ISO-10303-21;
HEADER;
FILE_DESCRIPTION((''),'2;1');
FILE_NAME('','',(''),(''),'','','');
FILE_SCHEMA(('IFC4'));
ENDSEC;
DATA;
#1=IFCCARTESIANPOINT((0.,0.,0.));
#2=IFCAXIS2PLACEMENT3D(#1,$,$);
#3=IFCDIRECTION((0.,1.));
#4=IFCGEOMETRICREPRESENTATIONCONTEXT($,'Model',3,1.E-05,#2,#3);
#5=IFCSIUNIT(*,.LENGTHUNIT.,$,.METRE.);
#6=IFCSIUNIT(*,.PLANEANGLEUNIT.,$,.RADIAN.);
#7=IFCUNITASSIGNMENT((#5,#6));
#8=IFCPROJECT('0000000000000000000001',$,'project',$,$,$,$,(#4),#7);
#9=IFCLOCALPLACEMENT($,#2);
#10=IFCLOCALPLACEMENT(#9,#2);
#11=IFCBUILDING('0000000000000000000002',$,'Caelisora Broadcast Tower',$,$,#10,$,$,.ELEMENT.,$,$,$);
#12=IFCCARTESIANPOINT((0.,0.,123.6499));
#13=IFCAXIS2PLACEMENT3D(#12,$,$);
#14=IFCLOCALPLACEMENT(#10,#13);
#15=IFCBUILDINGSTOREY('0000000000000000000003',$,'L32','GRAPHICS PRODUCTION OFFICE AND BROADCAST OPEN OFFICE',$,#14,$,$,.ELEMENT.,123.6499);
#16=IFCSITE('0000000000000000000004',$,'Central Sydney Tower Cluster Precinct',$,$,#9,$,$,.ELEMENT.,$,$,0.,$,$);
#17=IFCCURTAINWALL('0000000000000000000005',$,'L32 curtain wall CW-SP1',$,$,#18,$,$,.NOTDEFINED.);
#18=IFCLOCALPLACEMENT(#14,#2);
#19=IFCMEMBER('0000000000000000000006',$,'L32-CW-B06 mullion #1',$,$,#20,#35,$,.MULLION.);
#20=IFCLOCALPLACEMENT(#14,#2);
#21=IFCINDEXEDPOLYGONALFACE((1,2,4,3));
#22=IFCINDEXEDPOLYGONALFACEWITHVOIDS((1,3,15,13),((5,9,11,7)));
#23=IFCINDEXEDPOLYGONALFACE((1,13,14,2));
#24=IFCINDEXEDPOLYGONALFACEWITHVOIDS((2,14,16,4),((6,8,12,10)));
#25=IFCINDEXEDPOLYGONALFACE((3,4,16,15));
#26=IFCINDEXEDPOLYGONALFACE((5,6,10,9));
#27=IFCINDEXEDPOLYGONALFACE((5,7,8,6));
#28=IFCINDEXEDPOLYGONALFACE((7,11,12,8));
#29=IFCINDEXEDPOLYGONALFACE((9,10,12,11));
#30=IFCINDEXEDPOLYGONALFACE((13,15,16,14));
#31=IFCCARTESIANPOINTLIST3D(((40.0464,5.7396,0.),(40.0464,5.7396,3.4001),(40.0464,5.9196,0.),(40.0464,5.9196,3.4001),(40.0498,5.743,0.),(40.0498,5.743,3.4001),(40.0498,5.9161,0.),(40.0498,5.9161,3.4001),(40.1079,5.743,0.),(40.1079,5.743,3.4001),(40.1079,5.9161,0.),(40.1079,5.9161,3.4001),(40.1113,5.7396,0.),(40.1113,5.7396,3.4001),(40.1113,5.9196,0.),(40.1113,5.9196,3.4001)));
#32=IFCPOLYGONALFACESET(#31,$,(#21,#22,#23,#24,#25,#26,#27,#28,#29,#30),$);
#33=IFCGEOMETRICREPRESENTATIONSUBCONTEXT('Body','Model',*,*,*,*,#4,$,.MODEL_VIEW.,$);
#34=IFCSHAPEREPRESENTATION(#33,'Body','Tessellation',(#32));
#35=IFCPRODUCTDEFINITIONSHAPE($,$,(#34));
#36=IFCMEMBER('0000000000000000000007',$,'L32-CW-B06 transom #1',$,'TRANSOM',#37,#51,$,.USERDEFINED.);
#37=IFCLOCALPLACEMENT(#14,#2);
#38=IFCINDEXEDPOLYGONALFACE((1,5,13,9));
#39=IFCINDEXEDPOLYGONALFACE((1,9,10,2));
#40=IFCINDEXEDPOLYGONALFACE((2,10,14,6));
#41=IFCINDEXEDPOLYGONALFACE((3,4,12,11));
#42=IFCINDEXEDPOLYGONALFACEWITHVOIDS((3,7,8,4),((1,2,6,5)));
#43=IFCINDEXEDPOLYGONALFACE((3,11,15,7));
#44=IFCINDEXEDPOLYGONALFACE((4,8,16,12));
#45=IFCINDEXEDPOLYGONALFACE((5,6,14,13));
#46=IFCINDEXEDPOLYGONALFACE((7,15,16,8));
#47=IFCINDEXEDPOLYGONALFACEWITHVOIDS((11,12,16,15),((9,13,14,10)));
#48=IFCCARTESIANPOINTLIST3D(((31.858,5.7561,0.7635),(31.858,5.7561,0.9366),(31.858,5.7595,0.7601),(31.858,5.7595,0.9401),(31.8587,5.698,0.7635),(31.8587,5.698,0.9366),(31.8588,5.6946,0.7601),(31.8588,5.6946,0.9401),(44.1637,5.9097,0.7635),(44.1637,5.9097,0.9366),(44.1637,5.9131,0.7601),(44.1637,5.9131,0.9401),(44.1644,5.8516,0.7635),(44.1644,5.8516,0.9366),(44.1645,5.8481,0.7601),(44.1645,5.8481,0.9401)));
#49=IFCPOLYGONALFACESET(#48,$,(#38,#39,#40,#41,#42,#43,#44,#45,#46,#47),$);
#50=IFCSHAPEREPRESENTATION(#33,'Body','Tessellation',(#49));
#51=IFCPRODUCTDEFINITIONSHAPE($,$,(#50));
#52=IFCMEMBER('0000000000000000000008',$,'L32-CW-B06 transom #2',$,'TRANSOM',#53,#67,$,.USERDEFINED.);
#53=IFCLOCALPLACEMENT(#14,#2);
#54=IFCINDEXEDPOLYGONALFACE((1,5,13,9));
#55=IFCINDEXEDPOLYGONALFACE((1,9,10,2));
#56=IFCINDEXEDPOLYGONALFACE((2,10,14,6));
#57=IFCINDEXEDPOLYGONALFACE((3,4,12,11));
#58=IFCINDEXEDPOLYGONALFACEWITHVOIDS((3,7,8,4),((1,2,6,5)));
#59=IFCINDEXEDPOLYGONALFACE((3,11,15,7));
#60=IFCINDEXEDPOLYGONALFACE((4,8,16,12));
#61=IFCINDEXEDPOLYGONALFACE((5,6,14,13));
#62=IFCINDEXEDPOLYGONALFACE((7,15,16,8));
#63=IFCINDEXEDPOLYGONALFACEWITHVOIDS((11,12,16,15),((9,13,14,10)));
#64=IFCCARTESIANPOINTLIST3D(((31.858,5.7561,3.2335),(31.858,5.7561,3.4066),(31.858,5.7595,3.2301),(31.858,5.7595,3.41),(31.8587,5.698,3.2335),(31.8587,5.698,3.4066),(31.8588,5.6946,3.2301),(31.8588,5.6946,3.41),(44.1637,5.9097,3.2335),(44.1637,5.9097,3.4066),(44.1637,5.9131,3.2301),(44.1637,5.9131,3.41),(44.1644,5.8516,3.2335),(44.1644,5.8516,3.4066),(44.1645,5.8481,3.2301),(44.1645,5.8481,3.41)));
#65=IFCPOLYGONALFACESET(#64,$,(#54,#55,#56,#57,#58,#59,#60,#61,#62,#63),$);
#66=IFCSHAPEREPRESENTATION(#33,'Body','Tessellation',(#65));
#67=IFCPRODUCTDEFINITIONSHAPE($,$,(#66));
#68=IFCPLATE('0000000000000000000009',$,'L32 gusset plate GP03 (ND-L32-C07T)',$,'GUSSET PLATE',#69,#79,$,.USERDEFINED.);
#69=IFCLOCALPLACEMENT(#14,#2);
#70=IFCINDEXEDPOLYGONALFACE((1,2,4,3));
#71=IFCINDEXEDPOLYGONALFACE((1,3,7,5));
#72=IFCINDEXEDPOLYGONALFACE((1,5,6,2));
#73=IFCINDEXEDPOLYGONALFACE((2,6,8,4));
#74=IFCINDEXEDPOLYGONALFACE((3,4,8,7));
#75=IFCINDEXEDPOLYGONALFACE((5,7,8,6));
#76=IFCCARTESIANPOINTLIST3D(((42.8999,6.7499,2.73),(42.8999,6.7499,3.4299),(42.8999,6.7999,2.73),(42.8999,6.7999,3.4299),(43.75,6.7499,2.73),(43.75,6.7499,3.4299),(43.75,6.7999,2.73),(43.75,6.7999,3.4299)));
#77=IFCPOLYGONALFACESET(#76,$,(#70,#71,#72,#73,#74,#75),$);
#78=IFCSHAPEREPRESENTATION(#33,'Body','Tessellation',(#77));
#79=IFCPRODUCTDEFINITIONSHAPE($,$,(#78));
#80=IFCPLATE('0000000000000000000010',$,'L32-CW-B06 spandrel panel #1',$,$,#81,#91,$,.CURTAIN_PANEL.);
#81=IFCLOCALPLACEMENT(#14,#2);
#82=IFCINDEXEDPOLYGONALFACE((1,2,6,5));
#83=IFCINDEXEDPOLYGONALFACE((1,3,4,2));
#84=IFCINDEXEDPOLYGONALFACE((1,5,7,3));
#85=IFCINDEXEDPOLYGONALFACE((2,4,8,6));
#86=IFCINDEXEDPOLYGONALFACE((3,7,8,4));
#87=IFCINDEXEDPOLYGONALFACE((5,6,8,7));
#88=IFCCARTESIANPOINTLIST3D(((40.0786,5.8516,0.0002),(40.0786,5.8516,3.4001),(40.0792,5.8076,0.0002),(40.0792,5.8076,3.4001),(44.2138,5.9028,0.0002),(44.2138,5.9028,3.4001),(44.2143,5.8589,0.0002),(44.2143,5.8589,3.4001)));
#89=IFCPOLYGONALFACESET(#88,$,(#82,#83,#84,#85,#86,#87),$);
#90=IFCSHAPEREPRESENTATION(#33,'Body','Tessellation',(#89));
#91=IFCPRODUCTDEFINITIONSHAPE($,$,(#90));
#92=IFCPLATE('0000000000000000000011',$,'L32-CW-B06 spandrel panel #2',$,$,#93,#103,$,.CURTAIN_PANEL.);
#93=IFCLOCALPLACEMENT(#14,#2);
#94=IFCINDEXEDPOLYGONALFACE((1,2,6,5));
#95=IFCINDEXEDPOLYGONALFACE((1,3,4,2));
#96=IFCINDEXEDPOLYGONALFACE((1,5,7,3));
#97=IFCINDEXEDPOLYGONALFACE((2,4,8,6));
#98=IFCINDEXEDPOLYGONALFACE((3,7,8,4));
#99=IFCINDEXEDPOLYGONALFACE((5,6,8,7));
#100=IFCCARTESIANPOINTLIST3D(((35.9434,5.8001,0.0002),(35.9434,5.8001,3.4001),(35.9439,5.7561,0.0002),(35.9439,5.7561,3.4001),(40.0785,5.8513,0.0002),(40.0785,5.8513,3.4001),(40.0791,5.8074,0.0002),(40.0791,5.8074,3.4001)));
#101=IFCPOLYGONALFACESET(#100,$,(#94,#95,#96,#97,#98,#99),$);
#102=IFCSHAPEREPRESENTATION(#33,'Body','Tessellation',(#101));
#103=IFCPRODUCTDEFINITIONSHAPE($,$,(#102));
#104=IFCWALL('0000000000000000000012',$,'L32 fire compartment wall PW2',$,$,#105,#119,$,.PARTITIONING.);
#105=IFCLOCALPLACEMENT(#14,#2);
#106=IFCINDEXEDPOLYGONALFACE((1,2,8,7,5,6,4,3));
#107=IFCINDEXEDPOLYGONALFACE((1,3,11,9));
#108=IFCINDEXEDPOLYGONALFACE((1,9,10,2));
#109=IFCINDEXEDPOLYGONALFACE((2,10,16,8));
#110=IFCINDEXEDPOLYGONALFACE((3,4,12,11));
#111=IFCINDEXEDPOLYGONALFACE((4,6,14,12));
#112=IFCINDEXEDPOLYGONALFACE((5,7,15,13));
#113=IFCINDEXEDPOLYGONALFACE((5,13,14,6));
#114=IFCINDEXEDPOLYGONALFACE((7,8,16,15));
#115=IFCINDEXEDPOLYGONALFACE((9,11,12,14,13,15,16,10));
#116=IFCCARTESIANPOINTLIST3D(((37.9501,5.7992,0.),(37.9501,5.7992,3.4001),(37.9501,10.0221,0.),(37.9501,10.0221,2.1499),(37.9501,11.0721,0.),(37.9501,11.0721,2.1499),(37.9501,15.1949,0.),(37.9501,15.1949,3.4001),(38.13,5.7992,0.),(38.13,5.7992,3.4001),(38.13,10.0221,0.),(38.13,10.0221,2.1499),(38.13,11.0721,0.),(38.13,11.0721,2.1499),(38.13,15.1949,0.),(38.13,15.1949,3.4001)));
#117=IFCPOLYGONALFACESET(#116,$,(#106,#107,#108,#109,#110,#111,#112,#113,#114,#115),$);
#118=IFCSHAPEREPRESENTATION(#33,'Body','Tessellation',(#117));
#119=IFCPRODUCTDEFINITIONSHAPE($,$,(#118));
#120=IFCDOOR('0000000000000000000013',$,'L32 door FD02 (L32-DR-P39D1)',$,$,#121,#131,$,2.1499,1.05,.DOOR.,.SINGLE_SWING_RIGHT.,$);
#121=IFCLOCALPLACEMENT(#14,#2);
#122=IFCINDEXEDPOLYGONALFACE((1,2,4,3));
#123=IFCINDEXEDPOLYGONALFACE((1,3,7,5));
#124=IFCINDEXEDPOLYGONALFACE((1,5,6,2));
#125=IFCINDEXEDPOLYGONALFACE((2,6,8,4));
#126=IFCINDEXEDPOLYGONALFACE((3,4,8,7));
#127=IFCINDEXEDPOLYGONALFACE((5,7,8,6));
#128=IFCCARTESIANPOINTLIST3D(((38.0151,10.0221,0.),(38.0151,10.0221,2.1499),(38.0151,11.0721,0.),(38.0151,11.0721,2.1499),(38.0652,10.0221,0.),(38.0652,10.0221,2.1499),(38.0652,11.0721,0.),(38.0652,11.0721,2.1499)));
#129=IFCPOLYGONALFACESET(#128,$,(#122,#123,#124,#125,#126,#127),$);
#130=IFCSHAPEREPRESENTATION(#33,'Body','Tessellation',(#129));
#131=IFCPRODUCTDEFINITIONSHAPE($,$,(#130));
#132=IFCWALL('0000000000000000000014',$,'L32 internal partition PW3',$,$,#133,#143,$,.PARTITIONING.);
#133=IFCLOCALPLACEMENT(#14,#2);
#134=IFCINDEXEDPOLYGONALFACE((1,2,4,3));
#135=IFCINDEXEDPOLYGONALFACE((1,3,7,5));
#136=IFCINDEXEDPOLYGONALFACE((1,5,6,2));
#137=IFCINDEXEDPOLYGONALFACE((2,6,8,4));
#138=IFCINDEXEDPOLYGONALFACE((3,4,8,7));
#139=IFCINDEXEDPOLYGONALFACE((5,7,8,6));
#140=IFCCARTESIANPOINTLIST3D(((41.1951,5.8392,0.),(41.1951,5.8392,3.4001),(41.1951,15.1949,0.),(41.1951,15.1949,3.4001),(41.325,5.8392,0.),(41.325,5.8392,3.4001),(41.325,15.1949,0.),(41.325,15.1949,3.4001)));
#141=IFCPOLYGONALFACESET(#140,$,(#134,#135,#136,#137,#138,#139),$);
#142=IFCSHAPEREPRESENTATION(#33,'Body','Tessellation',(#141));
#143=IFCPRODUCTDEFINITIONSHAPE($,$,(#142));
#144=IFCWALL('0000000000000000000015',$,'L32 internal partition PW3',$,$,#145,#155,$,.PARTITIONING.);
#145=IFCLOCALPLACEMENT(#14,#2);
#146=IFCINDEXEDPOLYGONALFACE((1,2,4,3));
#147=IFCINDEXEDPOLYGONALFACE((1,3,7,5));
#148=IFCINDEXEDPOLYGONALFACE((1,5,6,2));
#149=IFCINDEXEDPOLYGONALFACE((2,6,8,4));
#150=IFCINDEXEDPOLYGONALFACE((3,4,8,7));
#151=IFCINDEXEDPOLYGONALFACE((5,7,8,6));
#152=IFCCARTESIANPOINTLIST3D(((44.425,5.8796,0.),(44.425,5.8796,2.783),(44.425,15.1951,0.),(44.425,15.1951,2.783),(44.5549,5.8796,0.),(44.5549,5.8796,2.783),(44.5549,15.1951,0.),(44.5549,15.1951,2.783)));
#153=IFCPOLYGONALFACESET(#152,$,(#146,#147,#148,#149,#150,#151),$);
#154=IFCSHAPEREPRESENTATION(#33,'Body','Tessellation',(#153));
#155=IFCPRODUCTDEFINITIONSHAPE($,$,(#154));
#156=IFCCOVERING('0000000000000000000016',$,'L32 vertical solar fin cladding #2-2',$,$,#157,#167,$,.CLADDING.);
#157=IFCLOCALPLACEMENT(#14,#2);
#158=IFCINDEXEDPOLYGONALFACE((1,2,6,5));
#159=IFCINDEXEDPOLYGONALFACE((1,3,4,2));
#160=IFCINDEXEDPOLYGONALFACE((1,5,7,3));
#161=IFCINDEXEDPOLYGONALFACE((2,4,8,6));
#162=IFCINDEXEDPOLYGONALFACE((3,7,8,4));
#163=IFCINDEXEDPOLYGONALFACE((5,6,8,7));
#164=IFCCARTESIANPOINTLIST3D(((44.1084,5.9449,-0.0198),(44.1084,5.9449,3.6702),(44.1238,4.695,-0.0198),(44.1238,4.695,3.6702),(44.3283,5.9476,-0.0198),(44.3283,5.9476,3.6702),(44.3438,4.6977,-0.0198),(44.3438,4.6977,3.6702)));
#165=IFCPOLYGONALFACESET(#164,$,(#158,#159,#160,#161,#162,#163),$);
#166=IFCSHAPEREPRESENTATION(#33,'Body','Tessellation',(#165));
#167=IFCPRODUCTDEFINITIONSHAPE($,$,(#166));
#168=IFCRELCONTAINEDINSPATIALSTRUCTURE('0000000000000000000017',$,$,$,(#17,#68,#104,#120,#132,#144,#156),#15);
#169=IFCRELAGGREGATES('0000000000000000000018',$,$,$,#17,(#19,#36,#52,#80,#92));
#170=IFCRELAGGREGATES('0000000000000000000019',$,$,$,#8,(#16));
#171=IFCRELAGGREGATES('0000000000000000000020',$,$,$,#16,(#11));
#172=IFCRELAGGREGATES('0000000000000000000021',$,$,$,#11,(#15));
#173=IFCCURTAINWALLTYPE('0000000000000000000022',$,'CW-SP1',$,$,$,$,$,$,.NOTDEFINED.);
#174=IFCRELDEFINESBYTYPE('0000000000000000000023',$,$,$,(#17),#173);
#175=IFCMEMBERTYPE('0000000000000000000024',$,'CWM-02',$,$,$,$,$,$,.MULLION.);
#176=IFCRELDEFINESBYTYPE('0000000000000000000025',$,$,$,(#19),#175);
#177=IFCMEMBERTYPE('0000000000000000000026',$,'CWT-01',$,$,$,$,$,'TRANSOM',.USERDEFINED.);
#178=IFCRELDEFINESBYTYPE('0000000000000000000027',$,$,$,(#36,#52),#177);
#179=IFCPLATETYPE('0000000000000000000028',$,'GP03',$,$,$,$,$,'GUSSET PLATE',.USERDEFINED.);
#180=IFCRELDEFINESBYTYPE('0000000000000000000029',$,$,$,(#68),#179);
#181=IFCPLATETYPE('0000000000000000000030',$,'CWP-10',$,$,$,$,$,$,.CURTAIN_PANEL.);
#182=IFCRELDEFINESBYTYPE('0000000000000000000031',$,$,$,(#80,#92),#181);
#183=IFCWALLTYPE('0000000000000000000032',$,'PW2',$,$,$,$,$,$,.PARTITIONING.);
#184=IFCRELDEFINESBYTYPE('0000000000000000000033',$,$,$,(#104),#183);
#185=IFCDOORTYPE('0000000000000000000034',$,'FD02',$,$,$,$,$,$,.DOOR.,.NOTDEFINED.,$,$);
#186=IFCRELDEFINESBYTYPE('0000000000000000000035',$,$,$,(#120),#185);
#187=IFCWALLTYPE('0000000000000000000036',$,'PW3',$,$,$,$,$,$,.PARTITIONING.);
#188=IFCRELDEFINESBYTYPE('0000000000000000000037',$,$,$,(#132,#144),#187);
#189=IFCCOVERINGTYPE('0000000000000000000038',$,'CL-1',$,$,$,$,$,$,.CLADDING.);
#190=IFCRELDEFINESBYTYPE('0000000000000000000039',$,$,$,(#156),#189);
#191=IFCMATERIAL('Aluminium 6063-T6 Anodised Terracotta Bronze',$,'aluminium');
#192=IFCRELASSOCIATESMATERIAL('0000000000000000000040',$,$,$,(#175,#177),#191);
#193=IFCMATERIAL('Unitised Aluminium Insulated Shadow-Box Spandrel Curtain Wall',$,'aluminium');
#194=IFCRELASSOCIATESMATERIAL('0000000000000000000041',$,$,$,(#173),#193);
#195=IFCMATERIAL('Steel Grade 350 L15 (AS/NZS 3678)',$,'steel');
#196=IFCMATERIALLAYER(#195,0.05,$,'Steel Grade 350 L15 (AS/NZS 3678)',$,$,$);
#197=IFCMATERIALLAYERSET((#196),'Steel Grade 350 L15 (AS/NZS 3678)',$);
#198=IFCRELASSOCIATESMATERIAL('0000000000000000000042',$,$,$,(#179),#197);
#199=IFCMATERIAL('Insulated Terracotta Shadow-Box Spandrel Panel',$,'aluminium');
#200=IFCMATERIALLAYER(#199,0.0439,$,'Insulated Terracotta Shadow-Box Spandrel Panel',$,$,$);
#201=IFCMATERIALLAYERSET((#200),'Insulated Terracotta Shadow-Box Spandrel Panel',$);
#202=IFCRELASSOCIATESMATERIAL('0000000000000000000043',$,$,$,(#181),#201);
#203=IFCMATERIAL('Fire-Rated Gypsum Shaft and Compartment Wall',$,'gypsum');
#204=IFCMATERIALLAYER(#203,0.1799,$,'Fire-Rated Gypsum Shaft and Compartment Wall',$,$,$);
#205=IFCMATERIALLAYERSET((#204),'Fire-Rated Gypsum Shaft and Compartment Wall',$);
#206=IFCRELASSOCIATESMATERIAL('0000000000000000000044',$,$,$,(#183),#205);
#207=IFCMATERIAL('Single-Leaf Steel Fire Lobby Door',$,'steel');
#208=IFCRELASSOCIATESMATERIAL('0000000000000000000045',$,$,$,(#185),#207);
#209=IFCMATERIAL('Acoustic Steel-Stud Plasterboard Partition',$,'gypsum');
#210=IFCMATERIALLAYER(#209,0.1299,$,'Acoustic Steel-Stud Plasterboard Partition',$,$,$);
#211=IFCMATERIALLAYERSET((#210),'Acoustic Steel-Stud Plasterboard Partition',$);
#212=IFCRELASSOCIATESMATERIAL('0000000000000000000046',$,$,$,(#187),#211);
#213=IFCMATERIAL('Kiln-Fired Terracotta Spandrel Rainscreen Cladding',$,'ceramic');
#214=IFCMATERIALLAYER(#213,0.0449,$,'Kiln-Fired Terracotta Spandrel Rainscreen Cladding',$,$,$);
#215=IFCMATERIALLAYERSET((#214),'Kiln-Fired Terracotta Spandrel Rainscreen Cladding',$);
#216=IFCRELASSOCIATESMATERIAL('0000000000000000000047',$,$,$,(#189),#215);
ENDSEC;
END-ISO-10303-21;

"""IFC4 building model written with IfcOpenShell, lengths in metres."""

from ifc_helpers import new_model, si_unit, direction, frame, frame_2d, origin, origin_2d, place, context, subcontext, project, spatial, rectangle, hollow_rectangle, extrude, source, transform, mapped, material, layer, layer_set, material_profile, profile_set, type_object, type_shapes, element, fill, aggregate, save


model = new_model("IFC4")

# Units and contexts
model_context = context("Model", 3, precision=1e-05, world=origin(), true_north=direction((0.0, 1.0)))
body_context = subcontext(model_context, "Body", "Model", "MODEL_VIEW")
ifc_project = project(units=[si_unit("LENGTHUNIT", "METRE"), si_unit("PLANEANGLEUNIT", "RADIAN")], contexts=[model_context])

# Site, building, storey
site_placement = place(None, origin())
site = spatial("IfcSite", under=ifc_project, at=site_placement, Name="Central Sydney Tower Cluster Precinct", CompositionType="ELEMENT", RefElevation=0.0)
building_placement = place(site_placement, origin())
building = spatial("IfcBuilding", under=site, at=building_placement, Name="Caelisora Broadcast Tower", CompositionType="ELEMENT")
storey_placement = place(building_placement, frame((0.0, 0.0, 123.6499)))
storey = spatial("IfcBuildingStorey", under=building, at=storey_placement, Name="L32", Description="GRAPHICS PRODUCTION OFFICE AND BROADCAST OPEN OFFICE", CompositionType="ELEMENT", Elevation=123.6499)

# Shared definitions
ifc_material_1 = material(Name="Steel Grade 350 L15 (AS/NZS 3678)", Category="steel")

# Shared definitions
ifc_material_2 = material(Name="Aluminium 6063-T6 Anodised Terracotta Bronze", Category="aluminium")
ifc_material_profile_1 = material_profile(ifc_material_2, hollow_rectangle(XDim=0.0649, YDim=0.1799, WallThickness=0.0034, at=origin_2d()), Name="Aluminium 6063-T6 Anodised Terracotta Bronze")
ifc_profile_set_1 = profile_set([ifc_material_profile_1], Name="Aluminium 6063-T6 Anodised Terracotta Bronze")
member_type_1 = type_object("IfcMemberType", Name="CWM-02", PredefinedType="MULLION", material=ifc_profile_set_1)
shared_shape_1 = source(origin(), body_context, "Body", "SweptSolid", [
    extrude(hollow_rectangle(XDim=0.0649, YDim=0.1799, WallThickness=0.0034, at=origin_2d()), origin(), (0.0, 0.0, 1.0), 3.4001),
])
type_shapes(member_type_1, [shared_shape_1])

# Curtain wall, members
ifc_material_3 = material(Name="Unitised Aluminium Insulated Shadow-Box Spandrel Curtain Wall", Category="aluminium")
curtain_wall_type_1 = type_object("IfcCurtainWallType", Name="CW-SP1", PredefinedType="NOTDEFINED", material=ifc_material_3)
curtain_wall_1_placement = place(storey_placement, origin())
curtain_wall_1 = element("IfcCurtainWall", 1, at=curtain_wall_1_placement, inside=storey, type_object=curtain_wall_type_1, Name="L32 curtain wall CW-SP1", PredefinedType="NOTDEFINED")
member_1_placement = place(storey_placement, frame((40.0789, 5.8296, 0.0), z_axis=(0.0, 0.0, 1.0), x_axis=(1.0, 0.0, 0.0)))
member_1 = element("IfcMember", 2, at=member_1_placement, type_object=member_type_1, Name="L32-CW-B06 mullion #1", PredefinedType="MULLION", context=body_context, shape_type="MappedRepresentation", body=[
    mapped(shared_shape_1, transform((0.0, 0.0, 0.0), scale=1.0)),
])
ifc_material_profile_2 = material_profile(ifc_material_2, hollow_rectangle(XDim=0.0649, YDim=0.1799, WallThickness=0.0034, at=origin_2d()), Name="Aluminium 6063-T6 Anodised Terracotta Bronze")
ifc_profile_set_2 = profile_set([ifc_material_profile_2], Name="Aluminium 6063-T6 Anodised Terracotta Bronze")
member_type_2 = type_object("IfcMemberType", Name="CWT-01", ElementType="TRANSOM", PredefinedType="USERDEFINED", material=ifc_profile_set_2)
shared_shape_2 = source(origin(), body_context, "Body", "SweptSolid", [
    extrude(hollow_rectangle(XDim=0.0649, YDim=0.1799, WallThickness=0.0034, at=origin_2d()), origin(), (0.0, 0.0, 1.0), 12.3066),
])
type_shapes(member_type_2, [shared_shape_2])
member_2_placement = place(storey_placement, frame((44.1641, 5.8806, 0.8501), z_axis=(-0.999922, -0.012478, 0.0), x_axis=(0.012478, -0.999922, 0.0)))
member_2 = element("IfcMember", 3, at=member_2_placement, type_object=member_type_2, Name="L32-CW-B06 transom #1", ObjectType="TRANSOM", PredefinedType="USERDEFINED", context=body_context, shape_type="MappedRepresentation", body=[
    mapped(shared_shape_2, transform((0.0, 0.0, 0.0), scale=1.0)),
])
member_3_placement = place(storey_placement, frame((44.1641, 5.8806, 3.3201), z_axis=(-0.999922, -0.012478, 0.0), x_axis=(0.012478, -0.999922, 0.0)))
member_3 = element("IfcMember", 4, at=member_3_placement, type_object=member_type_2, Name="L32-CW-B06 transom #2", ObjectType="TRANSOM", PredefinedType="USERDEFINED", context=body_context, shape_type="MappedRepresentation", body=[
    mapped(shared_shape_2, transform((0.0, 0.0, 0.0), scale=1.0)),
])

# Plates
ifc_layer_1 = layer(ifc_material_1, 0.05, Name="Steel Grade 350 L15 (AS/NZS 3678)")
ifc_layer_set_1 = layer_set([ifc_layer_1], Name="Steel Grade 350 L15 (AS/NZS 3678)")
plate_type_1 = type_object("IfcPlateType", Name="GP03", ElementType="GUSSET PLATE", PredefinedType="USERDEFINED", material=ifc_layer_set_1)
shared_shape_3 = source(origin(), body_context, "Body", "SweptSolid", [
    extrude(rectangle(XDim=0.8501, YDim=0.05, at=origin_2d()), origin(), (0.0, 0.0, 1.0), 0.7),
])
type_shapes(plate_type_1, [shared_shape_3])
plate_1_placement = place(storey_placement, frame((43.325, 6.7749, 2.73), z_axis=(0.0, 0.0, 1.0), x_axis=(1.0, 0.0, 0.0)))
element("IfcPlate", 5, at=plate_1_placement, inside=storey, type_object=plate_type_1, Name="L32 gusset plate GP03 (ND-L32-C07T)", ObjectType="GUSSET PLATE", PredefinedType="USERDEFINED", context=body_context, shape_type="MappedRepresentation", body=[
    mapped(shared_shape_3, transform((0.0, 0.0, 0.0), scale=1.0)),
])
ifc_material_4 = material(Name="Insulated Terracotta Shadow-Box Spandrel Panel", Category="aluminium")
ifc_layer_2 = layer(ifc_material_4, 0.0439, Name="Insulated Terracotta Shadow-Box Spandrel Panel")
ifc_layer_set_2 = layer_set([ifc_layer_2], Name="Insulated Terracotta Shadow-Box Spandrel Panel")
plate_type_2 = type_object("IfcPlateType", Name="CWP-10", PredefinedType="CURTAIN_PANEL", material=ifc_layer_set_2)
shared_shape_4 = source(origin(), body_context, "Body", "SweptSolid", [
    extrude(rectangle(XDim=4.1355, YDim=0.0439, at=origin_2d()), origin(), (0.0, 0.0, 1.0), 3.3999),
])
type_shapes(plate_type_2, [shared_shape_4])
plate_2_placement = place(storey_placement, frame((42.1465, 5.8552, 0.0002), z_axis=(0.0, 0.0, 1.0), x_axis=(-0.999923, -0.012392, 0.0)))
plate_2 = element("IfcPlate", 6, at=plate_2_placement, type_object=plate_type_2, Name="L32-CW-B06 spandrel panel #1", PredefinedType="CURTAIN_PANEL", context=body_context, shape_type="MappedRepresentation", body=[
    mapped(shared_shape_4, transform((0.0, 0.0, 0.0), scale=1.0)),
])
plate_3_placement = place(storey_placement, frame((38.0112, 5.8037, 0.0002), z_axis=(0.0, 0.0, 1.0), x_axis=(-0.999923, -0.012392, 0.0)))
plate_3 = element("IfcPlate", 7, at=plate_3_placement, type_object=plate_type_2, Name="L32-CW-B06 spandrel panel #2", PredefinedType="CURTAIN_PANEL", context=body_context, shape_type="MappedRepresentation", body=[
    mapped(shared_shape_4, transform((0.0, 0.0, 0.0), scale=1.0)),
])
aggregate(curtain_wall_1, [member_1, member_2, member_3, plate_2, plate_3])

# Wall, opening, door
ifc_material_5 = material(Name="Fire-Rated Gypsum Shaft and Compartment Wall", Category="gypsum")
ifc_layer_3 = layer(ifc_material_5, 0.1799, Name="Fire-Rated Gypsum Shaft and Compartment Wall")
ifc_layer_set_3 = layer_set([ifc_layer_3], Name="Fire-Rated Gypsum Shaft and Compartment Wall")
wall_type_1 = type_object("IfcWallType", Name="PW2", PredefinedType="PARTITIONING", material=ifc_layer_set_3)
wall_1_placement = place(storey_placement, frame((38.04, 5.7993, 0.0), z_axis=(0.0, 0.0, 1.0), x_axis=(0.0, 1.0, 0.0)))
wall_1 = element("IfcWall", 8, at=wall_1_placement, inside=storey, type_object=wall_type_1, Name="L32 fire compartment wall PW2", PredefinedType="PARTITIONING", context=body_context, shape_type="SweptSolid", body=[
    extrude(rectangle(XDim=9.3958, YDim=0.1799, at=frame_2d((4.6978, 0.0))), origin(), (0.0, 0.0, 1.0), 3.4001),
])
opening_1_placement = place(wall_1_placement, frame((4.2229, 0.0, 0.0)))
opening_1 = element("IfcOpeningElement", 9, at=opening_1_placement, cuts=wall_1, PredefinedType="OPENING", context=body_context, shape_type="SweptSolid", body=[
    extrude(rectangle(XDim=1.05, YDim=2.1499, at=frame_2d((0.5249, 1.075))), frame((0.0, 0.1021, 0.0), z_axis=(0.0, -1.0, 0.0), x_axis=(1.0, 0.0, 0.0)), (0.0, 0.0, 1.0), 0.2039),
])
ifc_material_6 = material(Name="Single-Leaf Steel Fire Lobby Door", Category="steel")
door_type_1 = type_object("IfcDoorType", Name="FD02", OperationType="NOTDEFINED", PredefinedType="DOOR", material=ifc_material_6)
door_1_placement = place(opening_1_placement, origin())
door_1 = element("IfcDoor", 10, at=door_1_placement, inside=storey, type_object=door_type_1, Name="L32 door FD02 (L32-DR-P39D1)", OperationType="SINGLE_SWING_RIGHT", OverallHeight=2.1499, OverallWidth=1.05, PredefinedType="DOOR", context=body_context, shape_type="SweptSolid", body=[
    extrude(rectangle(XDim=1.05, YDim=2.1499, at=frame_2d((0.5249, 1.075))), frame((0.0, 0.0249, 0.0), z_axis=(0.0, -1.0, 0.0), x_axis=(1.0, 0.0, 0.0)), (0.0, 0.0, 1.0), 0.05),
])
fill(opening_1, door_1)

# Walls
ifc_material_7 = material(Name="Acoustic Steel-Stud Plasterboard Partition", Category="gypsum")
ifc_layer_4 = layer(ifc_material_7, 0.1299, Name="Acoustic Steel-Stud Plasterboard Partition")
ifc_layer_set_4 = layer_set([ifc_layer_4], Name="Acoustic Steel-Stud Plasterboard Partition")
wall_type_2 = type_object("IfcWallType", Name="PW3", PredefinedType="PARTITIONING", material=ifc_layer_set_4)
wall_2_placement = place(storey_placement, frame((41.26, 5.8394, 0.0), z_axis=(0.0, 0.0, 1.0), x_axis=(0.0, 1.0, 0.0)))
element("IfcWall", 11, at=wall_2_placement, inside=storey, type_object=wall_type_2, Name="L32 internal partition PW3", PredefinedType="PARTITIONING", context=body_context, shape_type="SweptSolid", body=[
    extrude(rectangle(XDim=9.3557, YDim=0.1299, at=frame_2d((4.6777, 0.0))), origin(), (0.0, 0.0, 1.0), 3.4001),
])
wall_3_placement = place(storey_placement, frame((44.49, 5.8796, 0.0), z_axis=(0.0, 0.0, 1.0), x_axis=(0.0, 1.0, 0.0)))
element("IfcWall", 12, at=wall_3_placement, inside=storey, type_object=wall_type_2, Name="L32 internal partition PW3", PredefinedType="PARTITIONING", context=body_context, shape_type="SweptSolid", body=[
    extrude(rectangle(XDim=9.3154, YDim=0.1299, at=frame_2d((4.6577, 0.0))), origin(), (0.0, 0.0, 1.0), 2.783),
])

# Covering
ifc_material_8 = material(Name="Kiln-Fired Terracotta Spandrel Rainscreen Cladding", Category="ceramic")
ifc_layer_5 = layer(ifc_material_8, 0.0449, Name="Kiln-Fired Terracotta Spandrel Rainscreen Cladding")
ifc_layer_set_5 = layer_set([ifc_layer_5], Name="Kiln-Fired Terracotta Spandrel Rainscreen Cladding")
covering_type = type_object("IfcCoveringType", Name="CL-1", PredefinedType="CLADDING", material=ifc_layer_set_5)
shared_shape_5 = source(origin(), body_context, "Body", "SweptSolid", [
    extrude(rectangle(XDim=0.22, YDim=1.25, at=origin_2d()), origin(), (0.0, 0.0, 1.0), 3.6899),
])
covering_1_placement = place(storey_placement, frame((44.2261, 5.3213, -0.0198), z_axis=(0.0, 0.0, 1.0), x_axis=(-0.999923, -0.012392, 0.0)))
element("IfcCovering", 13, at=covering_1_placement, inside=storey, type_object=covering_type, Name="L32 vertical solar fin cladding #2-2", PredefinedType="CLADDING", context=body_context, shape_type="MappedRepresentation", body=[
    mapped(shared_shape_5, transform((0.0, 0.0, 0.0), scale=1.0)),
])

save(model, "model.ifc")
